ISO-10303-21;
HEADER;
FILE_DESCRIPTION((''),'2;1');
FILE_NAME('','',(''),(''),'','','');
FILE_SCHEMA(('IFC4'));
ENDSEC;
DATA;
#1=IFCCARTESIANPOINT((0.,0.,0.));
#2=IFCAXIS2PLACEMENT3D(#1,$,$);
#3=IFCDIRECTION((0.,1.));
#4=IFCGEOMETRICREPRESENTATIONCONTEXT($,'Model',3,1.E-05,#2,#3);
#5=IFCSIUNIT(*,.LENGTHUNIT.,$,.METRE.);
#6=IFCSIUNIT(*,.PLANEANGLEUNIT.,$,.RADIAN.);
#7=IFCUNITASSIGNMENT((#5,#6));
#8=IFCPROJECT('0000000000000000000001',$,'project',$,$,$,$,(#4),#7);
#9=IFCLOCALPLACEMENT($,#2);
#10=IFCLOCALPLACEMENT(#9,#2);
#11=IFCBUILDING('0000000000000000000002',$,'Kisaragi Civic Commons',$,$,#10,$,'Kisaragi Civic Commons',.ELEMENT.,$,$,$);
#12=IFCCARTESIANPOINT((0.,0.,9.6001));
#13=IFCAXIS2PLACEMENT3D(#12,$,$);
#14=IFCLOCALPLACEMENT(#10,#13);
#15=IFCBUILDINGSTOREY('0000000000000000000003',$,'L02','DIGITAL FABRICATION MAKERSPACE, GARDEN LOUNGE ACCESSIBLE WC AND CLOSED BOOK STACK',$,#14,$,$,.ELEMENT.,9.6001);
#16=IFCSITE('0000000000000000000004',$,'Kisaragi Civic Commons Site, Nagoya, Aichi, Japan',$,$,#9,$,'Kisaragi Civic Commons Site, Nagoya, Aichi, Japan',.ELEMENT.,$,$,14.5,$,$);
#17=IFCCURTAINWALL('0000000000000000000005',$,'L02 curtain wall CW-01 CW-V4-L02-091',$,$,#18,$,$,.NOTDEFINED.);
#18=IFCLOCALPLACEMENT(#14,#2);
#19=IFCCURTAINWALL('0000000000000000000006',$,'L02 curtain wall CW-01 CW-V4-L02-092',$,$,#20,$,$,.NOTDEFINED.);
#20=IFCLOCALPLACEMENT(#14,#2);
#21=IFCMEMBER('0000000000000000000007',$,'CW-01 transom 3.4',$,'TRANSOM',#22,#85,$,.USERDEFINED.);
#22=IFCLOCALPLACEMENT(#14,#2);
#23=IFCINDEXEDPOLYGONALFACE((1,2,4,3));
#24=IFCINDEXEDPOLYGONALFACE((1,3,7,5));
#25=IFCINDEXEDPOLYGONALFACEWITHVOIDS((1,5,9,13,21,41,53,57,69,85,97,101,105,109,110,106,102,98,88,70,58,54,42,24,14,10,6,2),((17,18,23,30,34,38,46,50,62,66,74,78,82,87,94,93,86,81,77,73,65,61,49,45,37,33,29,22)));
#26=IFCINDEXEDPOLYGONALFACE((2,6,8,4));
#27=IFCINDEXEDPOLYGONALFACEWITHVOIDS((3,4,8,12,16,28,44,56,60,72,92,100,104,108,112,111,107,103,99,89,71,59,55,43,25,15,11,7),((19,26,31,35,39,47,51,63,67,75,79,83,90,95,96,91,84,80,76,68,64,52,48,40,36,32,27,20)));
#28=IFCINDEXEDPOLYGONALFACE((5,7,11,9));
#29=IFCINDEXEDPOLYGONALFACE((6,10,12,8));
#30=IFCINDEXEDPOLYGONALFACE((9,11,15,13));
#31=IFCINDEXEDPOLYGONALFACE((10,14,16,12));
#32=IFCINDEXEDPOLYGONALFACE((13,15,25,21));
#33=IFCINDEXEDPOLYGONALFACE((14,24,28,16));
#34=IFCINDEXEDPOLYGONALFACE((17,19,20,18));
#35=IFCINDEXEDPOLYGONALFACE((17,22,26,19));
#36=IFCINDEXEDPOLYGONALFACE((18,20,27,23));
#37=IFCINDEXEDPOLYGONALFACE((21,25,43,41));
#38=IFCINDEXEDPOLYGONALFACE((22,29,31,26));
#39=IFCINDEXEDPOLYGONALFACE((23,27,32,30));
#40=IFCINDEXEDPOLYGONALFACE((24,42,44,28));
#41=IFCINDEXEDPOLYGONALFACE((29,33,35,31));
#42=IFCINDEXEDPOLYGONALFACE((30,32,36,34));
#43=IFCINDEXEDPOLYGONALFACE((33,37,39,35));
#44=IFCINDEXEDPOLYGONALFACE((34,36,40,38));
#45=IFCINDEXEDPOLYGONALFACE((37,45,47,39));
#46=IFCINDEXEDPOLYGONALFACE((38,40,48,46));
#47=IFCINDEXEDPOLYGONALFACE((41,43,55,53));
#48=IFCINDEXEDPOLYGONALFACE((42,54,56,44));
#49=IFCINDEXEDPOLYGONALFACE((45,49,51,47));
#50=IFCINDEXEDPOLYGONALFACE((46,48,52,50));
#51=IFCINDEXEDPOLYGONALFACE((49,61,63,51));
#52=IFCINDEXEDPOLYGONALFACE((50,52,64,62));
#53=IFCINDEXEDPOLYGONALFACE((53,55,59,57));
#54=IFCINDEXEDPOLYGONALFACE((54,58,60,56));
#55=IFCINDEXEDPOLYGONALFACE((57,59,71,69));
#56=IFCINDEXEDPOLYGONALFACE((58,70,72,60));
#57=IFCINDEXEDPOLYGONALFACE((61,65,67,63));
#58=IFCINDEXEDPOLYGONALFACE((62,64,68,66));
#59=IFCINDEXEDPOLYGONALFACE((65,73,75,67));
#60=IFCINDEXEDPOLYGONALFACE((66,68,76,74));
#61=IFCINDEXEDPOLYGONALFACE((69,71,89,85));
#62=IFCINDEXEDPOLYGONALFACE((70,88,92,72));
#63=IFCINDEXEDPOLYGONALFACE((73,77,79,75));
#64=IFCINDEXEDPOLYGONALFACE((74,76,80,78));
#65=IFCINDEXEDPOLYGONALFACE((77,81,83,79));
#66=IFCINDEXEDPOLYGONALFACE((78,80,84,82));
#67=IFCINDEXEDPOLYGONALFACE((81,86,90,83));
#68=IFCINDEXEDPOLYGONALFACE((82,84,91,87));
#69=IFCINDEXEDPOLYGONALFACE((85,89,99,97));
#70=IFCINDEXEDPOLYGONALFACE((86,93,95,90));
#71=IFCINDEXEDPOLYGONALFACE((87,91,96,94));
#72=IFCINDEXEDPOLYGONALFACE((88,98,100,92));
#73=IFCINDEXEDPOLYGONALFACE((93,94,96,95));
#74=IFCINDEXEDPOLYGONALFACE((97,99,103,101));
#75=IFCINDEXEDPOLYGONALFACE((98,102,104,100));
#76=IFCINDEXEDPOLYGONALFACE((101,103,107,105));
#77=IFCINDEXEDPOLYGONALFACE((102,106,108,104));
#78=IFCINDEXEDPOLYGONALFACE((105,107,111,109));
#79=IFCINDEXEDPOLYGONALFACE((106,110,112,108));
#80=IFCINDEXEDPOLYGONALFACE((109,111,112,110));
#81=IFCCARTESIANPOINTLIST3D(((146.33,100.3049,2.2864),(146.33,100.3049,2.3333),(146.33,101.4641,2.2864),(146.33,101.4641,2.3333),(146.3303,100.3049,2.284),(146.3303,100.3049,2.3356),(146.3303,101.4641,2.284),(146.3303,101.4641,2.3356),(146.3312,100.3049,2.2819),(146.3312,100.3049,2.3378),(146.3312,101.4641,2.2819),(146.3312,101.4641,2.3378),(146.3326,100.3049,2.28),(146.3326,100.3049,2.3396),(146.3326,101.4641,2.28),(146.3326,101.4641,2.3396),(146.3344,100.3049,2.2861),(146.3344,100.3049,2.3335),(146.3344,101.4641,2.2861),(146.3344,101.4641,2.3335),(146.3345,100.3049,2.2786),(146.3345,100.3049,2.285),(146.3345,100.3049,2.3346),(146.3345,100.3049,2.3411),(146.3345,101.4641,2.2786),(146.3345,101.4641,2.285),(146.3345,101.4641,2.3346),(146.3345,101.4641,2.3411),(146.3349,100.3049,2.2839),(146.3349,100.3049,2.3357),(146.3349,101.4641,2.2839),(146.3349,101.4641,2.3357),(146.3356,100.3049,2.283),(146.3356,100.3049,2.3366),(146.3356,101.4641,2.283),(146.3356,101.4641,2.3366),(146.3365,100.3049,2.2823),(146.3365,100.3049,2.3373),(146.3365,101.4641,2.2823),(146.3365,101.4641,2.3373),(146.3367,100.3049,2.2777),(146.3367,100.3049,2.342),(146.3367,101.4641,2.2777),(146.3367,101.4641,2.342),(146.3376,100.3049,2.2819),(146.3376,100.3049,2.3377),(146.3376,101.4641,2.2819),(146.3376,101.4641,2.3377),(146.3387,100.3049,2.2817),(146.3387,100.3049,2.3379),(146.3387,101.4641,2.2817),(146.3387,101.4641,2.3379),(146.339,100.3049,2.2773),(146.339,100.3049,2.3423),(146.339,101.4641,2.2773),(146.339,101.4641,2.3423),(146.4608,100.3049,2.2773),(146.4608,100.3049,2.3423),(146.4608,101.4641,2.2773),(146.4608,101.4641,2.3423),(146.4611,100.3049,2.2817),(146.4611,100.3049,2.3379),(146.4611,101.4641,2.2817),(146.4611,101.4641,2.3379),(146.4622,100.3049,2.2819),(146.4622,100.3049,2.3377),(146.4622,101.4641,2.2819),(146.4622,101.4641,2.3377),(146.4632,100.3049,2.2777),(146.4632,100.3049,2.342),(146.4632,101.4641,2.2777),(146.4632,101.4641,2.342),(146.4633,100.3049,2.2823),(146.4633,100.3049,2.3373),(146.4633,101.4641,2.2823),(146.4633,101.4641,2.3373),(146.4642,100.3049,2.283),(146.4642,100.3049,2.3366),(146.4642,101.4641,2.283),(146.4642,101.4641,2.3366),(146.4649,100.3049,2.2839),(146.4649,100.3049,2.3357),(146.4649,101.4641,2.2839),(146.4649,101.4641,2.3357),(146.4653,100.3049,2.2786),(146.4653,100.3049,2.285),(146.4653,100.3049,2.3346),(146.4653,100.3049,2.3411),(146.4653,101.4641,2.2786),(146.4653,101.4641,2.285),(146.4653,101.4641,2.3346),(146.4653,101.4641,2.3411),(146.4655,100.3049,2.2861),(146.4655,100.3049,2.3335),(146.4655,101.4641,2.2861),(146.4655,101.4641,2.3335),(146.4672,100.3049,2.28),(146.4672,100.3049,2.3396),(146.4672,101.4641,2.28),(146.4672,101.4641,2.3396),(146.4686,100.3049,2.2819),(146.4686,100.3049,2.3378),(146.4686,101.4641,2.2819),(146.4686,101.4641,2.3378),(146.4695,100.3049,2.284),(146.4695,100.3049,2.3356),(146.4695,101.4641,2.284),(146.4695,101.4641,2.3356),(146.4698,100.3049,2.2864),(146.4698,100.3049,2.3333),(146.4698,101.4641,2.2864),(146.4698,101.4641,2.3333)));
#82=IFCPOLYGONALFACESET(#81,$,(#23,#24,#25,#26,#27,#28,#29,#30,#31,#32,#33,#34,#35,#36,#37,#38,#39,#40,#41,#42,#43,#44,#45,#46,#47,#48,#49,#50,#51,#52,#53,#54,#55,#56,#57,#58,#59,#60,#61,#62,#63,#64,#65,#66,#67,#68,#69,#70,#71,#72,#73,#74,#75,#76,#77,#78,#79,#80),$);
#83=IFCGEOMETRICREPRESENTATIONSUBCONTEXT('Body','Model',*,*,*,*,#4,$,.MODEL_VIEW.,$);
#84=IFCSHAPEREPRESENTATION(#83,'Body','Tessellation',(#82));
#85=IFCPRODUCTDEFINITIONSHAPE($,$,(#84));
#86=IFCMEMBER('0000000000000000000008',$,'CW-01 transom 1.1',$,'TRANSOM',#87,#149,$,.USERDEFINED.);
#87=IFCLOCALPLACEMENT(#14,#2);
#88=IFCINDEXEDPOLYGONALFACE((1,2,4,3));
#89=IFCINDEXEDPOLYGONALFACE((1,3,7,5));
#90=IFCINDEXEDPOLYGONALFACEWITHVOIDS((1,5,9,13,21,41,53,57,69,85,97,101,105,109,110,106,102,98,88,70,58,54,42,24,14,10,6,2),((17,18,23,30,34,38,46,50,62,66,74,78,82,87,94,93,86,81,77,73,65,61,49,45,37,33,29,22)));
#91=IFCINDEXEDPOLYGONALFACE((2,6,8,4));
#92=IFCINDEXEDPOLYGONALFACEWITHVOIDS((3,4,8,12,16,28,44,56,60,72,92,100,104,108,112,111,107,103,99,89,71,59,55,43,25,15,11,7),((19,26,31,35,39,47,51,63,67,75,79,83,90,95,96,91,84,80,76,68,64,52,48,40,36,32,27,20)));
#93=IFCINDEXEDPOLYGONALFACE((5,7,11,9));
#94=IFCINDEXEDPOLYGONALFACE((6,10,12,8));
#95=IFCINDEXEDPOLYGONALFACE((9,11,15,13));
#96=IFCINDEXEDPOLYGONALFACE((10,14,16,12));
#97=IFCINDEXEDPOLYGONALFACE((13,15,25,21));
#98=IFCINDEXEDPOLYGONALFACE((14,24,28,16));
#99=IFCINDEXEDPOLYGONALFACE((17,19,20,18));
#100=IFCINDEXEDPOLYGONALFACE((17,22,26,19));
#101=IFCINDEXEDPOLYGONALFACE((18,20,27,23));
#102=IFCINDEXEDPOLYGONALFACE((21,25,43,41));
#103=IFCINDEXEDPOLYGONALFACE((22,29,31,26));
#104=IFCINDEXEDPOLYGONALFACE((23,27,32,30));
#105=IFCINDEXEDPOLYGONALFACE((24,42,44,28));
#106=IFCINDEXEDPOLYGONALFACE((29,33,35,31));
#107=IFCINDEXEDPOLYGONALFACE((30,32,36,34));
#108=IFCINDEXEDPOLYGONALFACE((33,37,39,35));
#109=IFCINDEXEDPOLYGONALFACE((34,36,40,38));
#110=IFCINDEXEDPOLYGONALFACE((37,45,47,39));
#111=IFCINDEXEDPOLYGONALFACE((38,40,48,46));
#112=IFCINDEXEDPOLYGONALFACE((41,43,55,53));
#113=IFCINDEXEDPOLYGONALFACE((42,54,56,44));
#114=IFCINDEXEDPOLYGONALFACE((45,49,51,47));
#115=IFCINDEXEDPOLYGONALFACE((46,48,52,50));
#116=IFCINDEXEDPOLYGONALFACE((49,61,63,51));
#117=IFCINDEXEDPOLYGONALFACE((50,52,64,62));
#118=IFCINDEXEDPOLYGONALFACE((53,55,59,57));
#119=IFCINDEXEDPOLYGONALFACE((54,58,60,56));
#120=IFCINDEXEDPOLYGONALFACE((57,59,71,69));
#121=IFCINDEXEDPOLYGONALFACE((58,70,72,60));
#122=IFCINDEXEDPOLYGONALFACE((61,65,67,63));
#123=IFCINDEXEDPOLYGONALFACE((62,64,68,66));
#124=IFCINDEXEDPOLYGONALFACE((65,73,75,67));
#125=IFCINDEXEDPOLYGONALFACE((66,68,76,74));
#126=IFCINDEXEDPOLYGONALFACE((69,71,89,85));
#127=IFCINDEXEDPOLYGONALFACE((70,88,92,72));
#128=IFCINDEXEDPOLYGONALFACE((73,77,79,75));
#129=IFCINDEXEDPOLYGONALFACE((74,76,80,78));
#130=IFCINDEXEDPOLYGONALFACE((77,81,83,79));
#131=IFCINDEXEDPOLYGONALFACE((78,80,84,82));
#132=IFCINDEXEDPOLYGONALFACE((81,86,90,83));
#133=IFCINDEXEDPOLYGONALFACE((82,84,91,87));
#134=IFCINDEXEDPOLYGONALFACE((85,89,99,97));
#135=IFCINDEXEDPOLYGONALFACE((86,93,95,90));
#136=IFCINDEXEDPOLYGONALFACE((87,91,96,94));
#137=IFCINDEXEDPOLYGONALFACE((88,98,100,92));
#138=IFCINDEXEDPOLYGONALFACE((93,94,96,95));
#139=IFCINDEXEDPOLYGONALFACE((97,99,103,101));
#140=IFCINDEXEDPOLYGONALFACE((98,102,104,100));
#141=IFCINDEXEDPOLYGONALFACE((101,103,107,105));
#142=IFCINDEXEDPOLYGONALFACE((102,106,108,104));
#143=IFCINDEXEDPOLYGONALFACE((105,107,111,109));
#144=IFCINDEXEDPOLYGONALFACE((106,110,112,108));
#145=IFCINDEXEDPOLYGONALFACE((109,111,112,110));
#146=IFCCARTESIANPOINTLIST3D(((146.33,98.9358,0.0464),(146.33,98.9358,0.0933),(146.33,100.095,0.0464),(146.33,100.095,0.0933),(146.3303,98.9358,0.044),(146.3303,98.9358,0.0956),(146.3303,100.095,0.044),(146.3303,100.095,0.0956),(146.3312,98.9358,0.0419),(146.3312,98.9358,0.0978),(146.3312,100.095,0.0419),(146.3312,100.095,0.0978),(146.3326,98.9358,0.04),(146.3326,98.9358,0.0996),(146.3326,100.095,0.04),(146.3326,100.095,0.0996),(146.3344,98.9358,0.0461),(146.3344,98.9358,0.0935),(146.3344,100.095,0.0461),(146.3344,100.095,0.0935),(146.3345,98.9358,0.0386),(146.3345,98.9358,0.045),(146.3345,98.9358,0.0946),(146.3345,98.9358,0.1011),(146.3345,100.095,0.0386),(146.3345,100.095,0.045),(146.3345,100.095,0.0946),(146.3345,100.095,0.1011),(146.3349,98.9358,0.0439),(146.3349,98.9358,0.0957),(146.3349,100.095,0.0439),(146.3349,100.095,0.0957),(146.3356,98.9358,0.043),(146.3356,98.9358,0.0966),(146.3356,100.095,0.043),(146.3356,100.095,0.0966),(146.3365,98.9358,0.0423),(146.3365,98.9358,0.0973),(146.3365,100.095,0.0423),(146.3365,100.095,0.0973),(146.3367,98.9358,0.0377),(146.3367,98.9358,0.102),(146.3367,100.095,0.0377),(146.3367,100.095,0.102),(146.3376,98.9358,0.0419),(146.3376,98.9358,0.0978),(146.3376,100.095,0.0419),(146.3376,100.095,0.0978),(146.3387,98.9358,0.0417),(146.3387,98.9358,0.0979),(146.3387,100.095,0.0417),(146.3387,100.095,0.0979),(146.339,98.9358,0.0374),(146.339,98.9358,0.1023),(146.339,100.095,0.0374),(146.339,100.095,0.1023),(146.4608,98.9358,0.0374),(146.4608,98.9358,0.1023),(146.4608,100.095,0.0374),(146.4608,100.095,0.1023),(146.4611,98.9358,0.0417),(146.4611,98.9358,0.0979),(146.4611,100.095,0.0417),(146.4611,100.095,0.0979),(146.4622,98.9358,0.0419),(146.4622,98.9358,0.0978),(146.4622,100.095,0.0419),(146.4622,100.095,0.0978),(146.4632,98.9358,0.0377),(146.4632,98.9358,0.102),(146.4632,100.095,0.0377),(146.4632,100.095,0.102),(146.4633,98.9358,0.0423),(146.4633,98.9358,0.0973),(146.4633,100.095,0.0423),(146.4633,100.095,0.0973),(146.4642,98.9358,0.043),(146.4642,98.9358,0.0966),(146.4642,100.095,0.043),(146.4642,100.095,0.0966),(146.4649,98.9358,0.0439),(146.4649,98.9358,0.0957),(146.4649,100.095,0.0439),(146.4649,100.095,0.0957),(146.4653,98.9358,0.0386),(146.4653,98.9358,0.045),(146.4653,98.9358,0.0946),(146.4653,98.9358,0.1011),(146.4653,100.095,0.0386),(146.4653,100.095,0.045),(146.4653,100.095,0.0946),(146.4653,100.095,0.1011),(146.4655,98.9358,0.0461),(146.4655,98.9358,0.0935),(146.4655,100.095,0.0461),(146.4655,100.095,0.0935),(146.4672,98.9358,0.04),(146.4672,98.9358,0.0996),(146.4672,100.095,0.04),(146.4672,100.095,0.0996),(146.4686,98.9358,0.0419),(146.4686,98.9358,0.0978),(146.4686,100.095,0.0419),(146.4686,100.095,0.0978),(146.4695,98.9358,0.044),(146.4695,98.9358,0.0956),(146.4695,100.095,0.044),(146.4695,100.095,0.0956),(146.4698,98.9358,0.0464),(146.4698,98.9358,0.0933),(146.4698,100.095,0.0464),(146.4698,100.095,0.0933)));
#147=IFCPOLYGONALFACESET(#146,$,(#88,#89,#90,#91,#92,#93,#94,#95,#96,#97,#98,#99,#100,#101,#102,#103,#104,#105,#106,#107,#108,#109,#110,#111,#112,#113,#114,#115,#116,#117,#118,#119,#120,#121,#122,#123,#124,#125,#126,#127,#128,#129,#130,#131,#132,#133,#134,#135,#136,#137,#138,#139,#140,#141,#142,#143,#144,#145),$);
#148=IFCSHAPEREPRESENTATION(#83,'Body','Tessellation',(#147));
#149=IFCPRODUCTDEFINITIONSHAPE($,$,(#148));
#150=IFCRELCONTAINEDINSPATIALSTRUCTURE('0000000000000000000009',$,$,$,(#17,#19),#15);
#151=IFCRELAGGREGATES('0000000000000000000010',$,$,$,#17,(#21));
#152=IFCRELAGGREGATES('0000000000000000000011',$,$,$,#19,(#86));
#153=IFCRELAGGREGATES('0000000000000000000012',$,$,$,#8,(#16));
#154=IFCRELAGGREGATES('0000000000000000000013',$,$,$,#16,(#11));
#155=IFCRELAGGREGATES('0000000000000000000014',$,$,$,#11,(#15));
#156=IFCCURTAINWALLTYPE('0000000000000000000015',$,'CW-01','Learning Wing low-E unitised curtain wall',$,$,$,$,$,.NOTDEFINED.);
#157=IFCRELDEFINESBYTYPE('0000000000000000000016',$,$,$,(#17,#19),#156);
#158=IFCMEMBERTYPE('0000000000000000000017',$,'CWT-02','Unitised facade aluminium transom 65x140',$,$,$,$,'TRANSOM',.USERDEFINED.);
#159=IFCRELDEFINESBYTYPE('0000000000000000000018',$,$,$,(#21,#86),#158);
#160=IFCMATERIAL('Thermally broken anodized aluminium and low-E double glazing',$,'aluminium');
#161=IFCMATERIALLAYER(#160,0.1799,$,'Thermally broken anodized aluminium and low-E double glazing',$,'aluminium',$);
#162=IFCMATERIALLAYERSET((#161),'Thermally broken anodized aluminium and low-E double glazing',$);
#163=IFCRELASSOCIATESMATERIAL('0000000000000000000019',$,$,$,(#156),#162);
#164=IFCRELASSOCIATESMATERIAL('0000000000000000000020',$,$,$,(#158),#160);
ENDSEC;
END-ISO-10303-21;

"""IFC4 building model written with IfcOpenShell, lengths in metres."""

from ifc_helpers import new_model, si_unit, direction, frame, origin, origin_2d, place, context, subcontext, project, spatial, hollow_rectangle, extrude, material, layer, layer_set, material_profile, profile_set, type_object, element, aggregate, save


model = new_model("IFC4")

# Units and contexts
model_context = context("Model", 3, precision=1e-05, world=origin(), true_north=direction((0.0, 1.0)))
body_context = subcontext(model_context, "Body", "Model", "MODEL_VIEW")
ifc_project = project(units=[si_unit("LENGTHUNIT", "METRE"), si_unit("PLANEANGLEUNIT", "RADIAN")], contexts=[model_context])

# Site, building, storey
site_placement = place(None, origin())
site = spatial("IfcSite", under=ifc_project, at=site_placement, Name="Kisaragi Civic Commons Site, Nagoya, Aichi, Japan", LongName="Kisaragi Civic Commons Site, Nagoya, Aichi, Japan", CompositionType="ELEMENT", RefElevation=14.5)
building_placement = place(site_placement, origin())
building = spatial("IfcBuilding", under=site, at=building_placement, Name="Kisaragi Civic Commons", LongName="Kisaragi Civic Commons", CompositionType="ELEMENT")
storey_placement = place(building_placement, frame((0.0, 0.0, 9.6001)))
storey = spatial("IfcBuildingStorey", under=building, at=storey_placement, Name="L02", Description="DIGITAL FABRICATION MAKERSPACE, GARDEN LOUNGE ACCESSIBLE WC AND CLOSED BOOK STACK", CompositionType="ELEMENT", Elevation=9.6001)

# Curtain wall
ifc_material_1 = material(Name="Thermally broken anodized aluminium and low-E double glazing", Category="aluminium")
ifc_layer_1 = layer(ifc_material_1, 0.1799, Name="Thermally broken anodized aluminium and low-E double glazing", Category="aluminium")
ifc_layer_set_1 = layer_set([ifc_layer_1], Name="Thermally broken anodized aluminium and low-E double glazing")
curtain_wall_type = type_object("IfcCurtainWallType", Name="CW-01", Description="Learning Wing low-E unitised curtain wall", PredefinedType="NOTDEFINED", material=ifc_layer_set_1)
curtain_wall_1_placement = place(storey_placement, origin())
curtain_wall_1 = element("IfcCurtainWall", 1, at=curtain_wall_1_placement, inside=storey, type_object=curtain_wall_type, Name="L02 curtain wall CW-01 CW-V4-L02-091", PredefinedType="NOTDEFINED")

# Curtain wall
curtain_wall_2_placement = place(storey_placement, origin())
curtain_wall_2 = element("IfcCurtainWall", 2, at=curtain_wall_2_placement, inside=storey, type_object=curtain_wall_type, Name="L02 curtain wall CW-01 CW-V4-L02-092", PredefinedType="NOTDEFINED")

# Members
ifc_material_profile_1 = material_profile(ifc_material_1, hollow_rectangle(XDim=0.1399, YDim=0.0649, WallThickness=0.0044, InnerFilletRadius=0.0044, OuterFilletRadius=0.009, at=origin_2d()), Name="CWT-65x140x4.5", Category="aluminium")
ifc_profile_set_1 = profile_set([ifc_material_profile_1], Name="Thermally broken anodized aluminium and low-E double glazing")
member_type_1 = type_object("IfcMemberType", Name="CWT-02", Description="Unitised facade aluminium transom 65x140", ElementType="TRANSOM", PredefinedType="USERDEFINED", material=ifc_profile_set_1)
member_1_placement = place(storey_placement, frame((146.3999, 101.4641, 2.3098), z_axis=(0.0, -1.0, 0.0), x_axis=(1.0, 0.0, 0.0)))
member_1 = element("IfcMember", 3, at=member_1_placement, type_object=member_type_1, Name="CW-01 transom 3.4", ObjectType="TRANSOM", PredefinedType="USERDEFINED", context=body_context, shape_type="SweptSolid", body=[
    extrude(hollow_rectangle(XDim=0.1399, YDim=0.0649, WallThickness=0.0044, InnerFilletRadius=0.0044, OuterFilletRadius=0.009, at=origin_2d()), origin(), (0.0, 0.0, 1.0), 1.1592),
])
member_2_placement = place(storey_placement, frame((146.3999, 100.095, 0.0698), z_axis=(0.0, -1.0, 0.0), x_axis=(1.0, 0.0, 0.0)))
member_2 = element("IfcMember", 4, at=member_2_placement, type_object=member_type_1, Name="CW-01 transom 1.1", ObjectType="TRANSOM", PredefinedType="USERDEFINED", context=body_context, shape_type="SweptSolid", body=[
    extrude(hollow_rectangle(XDim=0.1399, YDim=0.0649, WallThickness=0.0044, InnerFilletRadius=0.0044, OuterFilletRadius=0.009, at=origin_2d()), origin(), (0.0, 0.0, 1.0), 1.1592),
])

aggregate(curtain_wall_1, [member_1])
aggregate(curtain_wall_2, [member_2])

save(model, "model.ifc")
